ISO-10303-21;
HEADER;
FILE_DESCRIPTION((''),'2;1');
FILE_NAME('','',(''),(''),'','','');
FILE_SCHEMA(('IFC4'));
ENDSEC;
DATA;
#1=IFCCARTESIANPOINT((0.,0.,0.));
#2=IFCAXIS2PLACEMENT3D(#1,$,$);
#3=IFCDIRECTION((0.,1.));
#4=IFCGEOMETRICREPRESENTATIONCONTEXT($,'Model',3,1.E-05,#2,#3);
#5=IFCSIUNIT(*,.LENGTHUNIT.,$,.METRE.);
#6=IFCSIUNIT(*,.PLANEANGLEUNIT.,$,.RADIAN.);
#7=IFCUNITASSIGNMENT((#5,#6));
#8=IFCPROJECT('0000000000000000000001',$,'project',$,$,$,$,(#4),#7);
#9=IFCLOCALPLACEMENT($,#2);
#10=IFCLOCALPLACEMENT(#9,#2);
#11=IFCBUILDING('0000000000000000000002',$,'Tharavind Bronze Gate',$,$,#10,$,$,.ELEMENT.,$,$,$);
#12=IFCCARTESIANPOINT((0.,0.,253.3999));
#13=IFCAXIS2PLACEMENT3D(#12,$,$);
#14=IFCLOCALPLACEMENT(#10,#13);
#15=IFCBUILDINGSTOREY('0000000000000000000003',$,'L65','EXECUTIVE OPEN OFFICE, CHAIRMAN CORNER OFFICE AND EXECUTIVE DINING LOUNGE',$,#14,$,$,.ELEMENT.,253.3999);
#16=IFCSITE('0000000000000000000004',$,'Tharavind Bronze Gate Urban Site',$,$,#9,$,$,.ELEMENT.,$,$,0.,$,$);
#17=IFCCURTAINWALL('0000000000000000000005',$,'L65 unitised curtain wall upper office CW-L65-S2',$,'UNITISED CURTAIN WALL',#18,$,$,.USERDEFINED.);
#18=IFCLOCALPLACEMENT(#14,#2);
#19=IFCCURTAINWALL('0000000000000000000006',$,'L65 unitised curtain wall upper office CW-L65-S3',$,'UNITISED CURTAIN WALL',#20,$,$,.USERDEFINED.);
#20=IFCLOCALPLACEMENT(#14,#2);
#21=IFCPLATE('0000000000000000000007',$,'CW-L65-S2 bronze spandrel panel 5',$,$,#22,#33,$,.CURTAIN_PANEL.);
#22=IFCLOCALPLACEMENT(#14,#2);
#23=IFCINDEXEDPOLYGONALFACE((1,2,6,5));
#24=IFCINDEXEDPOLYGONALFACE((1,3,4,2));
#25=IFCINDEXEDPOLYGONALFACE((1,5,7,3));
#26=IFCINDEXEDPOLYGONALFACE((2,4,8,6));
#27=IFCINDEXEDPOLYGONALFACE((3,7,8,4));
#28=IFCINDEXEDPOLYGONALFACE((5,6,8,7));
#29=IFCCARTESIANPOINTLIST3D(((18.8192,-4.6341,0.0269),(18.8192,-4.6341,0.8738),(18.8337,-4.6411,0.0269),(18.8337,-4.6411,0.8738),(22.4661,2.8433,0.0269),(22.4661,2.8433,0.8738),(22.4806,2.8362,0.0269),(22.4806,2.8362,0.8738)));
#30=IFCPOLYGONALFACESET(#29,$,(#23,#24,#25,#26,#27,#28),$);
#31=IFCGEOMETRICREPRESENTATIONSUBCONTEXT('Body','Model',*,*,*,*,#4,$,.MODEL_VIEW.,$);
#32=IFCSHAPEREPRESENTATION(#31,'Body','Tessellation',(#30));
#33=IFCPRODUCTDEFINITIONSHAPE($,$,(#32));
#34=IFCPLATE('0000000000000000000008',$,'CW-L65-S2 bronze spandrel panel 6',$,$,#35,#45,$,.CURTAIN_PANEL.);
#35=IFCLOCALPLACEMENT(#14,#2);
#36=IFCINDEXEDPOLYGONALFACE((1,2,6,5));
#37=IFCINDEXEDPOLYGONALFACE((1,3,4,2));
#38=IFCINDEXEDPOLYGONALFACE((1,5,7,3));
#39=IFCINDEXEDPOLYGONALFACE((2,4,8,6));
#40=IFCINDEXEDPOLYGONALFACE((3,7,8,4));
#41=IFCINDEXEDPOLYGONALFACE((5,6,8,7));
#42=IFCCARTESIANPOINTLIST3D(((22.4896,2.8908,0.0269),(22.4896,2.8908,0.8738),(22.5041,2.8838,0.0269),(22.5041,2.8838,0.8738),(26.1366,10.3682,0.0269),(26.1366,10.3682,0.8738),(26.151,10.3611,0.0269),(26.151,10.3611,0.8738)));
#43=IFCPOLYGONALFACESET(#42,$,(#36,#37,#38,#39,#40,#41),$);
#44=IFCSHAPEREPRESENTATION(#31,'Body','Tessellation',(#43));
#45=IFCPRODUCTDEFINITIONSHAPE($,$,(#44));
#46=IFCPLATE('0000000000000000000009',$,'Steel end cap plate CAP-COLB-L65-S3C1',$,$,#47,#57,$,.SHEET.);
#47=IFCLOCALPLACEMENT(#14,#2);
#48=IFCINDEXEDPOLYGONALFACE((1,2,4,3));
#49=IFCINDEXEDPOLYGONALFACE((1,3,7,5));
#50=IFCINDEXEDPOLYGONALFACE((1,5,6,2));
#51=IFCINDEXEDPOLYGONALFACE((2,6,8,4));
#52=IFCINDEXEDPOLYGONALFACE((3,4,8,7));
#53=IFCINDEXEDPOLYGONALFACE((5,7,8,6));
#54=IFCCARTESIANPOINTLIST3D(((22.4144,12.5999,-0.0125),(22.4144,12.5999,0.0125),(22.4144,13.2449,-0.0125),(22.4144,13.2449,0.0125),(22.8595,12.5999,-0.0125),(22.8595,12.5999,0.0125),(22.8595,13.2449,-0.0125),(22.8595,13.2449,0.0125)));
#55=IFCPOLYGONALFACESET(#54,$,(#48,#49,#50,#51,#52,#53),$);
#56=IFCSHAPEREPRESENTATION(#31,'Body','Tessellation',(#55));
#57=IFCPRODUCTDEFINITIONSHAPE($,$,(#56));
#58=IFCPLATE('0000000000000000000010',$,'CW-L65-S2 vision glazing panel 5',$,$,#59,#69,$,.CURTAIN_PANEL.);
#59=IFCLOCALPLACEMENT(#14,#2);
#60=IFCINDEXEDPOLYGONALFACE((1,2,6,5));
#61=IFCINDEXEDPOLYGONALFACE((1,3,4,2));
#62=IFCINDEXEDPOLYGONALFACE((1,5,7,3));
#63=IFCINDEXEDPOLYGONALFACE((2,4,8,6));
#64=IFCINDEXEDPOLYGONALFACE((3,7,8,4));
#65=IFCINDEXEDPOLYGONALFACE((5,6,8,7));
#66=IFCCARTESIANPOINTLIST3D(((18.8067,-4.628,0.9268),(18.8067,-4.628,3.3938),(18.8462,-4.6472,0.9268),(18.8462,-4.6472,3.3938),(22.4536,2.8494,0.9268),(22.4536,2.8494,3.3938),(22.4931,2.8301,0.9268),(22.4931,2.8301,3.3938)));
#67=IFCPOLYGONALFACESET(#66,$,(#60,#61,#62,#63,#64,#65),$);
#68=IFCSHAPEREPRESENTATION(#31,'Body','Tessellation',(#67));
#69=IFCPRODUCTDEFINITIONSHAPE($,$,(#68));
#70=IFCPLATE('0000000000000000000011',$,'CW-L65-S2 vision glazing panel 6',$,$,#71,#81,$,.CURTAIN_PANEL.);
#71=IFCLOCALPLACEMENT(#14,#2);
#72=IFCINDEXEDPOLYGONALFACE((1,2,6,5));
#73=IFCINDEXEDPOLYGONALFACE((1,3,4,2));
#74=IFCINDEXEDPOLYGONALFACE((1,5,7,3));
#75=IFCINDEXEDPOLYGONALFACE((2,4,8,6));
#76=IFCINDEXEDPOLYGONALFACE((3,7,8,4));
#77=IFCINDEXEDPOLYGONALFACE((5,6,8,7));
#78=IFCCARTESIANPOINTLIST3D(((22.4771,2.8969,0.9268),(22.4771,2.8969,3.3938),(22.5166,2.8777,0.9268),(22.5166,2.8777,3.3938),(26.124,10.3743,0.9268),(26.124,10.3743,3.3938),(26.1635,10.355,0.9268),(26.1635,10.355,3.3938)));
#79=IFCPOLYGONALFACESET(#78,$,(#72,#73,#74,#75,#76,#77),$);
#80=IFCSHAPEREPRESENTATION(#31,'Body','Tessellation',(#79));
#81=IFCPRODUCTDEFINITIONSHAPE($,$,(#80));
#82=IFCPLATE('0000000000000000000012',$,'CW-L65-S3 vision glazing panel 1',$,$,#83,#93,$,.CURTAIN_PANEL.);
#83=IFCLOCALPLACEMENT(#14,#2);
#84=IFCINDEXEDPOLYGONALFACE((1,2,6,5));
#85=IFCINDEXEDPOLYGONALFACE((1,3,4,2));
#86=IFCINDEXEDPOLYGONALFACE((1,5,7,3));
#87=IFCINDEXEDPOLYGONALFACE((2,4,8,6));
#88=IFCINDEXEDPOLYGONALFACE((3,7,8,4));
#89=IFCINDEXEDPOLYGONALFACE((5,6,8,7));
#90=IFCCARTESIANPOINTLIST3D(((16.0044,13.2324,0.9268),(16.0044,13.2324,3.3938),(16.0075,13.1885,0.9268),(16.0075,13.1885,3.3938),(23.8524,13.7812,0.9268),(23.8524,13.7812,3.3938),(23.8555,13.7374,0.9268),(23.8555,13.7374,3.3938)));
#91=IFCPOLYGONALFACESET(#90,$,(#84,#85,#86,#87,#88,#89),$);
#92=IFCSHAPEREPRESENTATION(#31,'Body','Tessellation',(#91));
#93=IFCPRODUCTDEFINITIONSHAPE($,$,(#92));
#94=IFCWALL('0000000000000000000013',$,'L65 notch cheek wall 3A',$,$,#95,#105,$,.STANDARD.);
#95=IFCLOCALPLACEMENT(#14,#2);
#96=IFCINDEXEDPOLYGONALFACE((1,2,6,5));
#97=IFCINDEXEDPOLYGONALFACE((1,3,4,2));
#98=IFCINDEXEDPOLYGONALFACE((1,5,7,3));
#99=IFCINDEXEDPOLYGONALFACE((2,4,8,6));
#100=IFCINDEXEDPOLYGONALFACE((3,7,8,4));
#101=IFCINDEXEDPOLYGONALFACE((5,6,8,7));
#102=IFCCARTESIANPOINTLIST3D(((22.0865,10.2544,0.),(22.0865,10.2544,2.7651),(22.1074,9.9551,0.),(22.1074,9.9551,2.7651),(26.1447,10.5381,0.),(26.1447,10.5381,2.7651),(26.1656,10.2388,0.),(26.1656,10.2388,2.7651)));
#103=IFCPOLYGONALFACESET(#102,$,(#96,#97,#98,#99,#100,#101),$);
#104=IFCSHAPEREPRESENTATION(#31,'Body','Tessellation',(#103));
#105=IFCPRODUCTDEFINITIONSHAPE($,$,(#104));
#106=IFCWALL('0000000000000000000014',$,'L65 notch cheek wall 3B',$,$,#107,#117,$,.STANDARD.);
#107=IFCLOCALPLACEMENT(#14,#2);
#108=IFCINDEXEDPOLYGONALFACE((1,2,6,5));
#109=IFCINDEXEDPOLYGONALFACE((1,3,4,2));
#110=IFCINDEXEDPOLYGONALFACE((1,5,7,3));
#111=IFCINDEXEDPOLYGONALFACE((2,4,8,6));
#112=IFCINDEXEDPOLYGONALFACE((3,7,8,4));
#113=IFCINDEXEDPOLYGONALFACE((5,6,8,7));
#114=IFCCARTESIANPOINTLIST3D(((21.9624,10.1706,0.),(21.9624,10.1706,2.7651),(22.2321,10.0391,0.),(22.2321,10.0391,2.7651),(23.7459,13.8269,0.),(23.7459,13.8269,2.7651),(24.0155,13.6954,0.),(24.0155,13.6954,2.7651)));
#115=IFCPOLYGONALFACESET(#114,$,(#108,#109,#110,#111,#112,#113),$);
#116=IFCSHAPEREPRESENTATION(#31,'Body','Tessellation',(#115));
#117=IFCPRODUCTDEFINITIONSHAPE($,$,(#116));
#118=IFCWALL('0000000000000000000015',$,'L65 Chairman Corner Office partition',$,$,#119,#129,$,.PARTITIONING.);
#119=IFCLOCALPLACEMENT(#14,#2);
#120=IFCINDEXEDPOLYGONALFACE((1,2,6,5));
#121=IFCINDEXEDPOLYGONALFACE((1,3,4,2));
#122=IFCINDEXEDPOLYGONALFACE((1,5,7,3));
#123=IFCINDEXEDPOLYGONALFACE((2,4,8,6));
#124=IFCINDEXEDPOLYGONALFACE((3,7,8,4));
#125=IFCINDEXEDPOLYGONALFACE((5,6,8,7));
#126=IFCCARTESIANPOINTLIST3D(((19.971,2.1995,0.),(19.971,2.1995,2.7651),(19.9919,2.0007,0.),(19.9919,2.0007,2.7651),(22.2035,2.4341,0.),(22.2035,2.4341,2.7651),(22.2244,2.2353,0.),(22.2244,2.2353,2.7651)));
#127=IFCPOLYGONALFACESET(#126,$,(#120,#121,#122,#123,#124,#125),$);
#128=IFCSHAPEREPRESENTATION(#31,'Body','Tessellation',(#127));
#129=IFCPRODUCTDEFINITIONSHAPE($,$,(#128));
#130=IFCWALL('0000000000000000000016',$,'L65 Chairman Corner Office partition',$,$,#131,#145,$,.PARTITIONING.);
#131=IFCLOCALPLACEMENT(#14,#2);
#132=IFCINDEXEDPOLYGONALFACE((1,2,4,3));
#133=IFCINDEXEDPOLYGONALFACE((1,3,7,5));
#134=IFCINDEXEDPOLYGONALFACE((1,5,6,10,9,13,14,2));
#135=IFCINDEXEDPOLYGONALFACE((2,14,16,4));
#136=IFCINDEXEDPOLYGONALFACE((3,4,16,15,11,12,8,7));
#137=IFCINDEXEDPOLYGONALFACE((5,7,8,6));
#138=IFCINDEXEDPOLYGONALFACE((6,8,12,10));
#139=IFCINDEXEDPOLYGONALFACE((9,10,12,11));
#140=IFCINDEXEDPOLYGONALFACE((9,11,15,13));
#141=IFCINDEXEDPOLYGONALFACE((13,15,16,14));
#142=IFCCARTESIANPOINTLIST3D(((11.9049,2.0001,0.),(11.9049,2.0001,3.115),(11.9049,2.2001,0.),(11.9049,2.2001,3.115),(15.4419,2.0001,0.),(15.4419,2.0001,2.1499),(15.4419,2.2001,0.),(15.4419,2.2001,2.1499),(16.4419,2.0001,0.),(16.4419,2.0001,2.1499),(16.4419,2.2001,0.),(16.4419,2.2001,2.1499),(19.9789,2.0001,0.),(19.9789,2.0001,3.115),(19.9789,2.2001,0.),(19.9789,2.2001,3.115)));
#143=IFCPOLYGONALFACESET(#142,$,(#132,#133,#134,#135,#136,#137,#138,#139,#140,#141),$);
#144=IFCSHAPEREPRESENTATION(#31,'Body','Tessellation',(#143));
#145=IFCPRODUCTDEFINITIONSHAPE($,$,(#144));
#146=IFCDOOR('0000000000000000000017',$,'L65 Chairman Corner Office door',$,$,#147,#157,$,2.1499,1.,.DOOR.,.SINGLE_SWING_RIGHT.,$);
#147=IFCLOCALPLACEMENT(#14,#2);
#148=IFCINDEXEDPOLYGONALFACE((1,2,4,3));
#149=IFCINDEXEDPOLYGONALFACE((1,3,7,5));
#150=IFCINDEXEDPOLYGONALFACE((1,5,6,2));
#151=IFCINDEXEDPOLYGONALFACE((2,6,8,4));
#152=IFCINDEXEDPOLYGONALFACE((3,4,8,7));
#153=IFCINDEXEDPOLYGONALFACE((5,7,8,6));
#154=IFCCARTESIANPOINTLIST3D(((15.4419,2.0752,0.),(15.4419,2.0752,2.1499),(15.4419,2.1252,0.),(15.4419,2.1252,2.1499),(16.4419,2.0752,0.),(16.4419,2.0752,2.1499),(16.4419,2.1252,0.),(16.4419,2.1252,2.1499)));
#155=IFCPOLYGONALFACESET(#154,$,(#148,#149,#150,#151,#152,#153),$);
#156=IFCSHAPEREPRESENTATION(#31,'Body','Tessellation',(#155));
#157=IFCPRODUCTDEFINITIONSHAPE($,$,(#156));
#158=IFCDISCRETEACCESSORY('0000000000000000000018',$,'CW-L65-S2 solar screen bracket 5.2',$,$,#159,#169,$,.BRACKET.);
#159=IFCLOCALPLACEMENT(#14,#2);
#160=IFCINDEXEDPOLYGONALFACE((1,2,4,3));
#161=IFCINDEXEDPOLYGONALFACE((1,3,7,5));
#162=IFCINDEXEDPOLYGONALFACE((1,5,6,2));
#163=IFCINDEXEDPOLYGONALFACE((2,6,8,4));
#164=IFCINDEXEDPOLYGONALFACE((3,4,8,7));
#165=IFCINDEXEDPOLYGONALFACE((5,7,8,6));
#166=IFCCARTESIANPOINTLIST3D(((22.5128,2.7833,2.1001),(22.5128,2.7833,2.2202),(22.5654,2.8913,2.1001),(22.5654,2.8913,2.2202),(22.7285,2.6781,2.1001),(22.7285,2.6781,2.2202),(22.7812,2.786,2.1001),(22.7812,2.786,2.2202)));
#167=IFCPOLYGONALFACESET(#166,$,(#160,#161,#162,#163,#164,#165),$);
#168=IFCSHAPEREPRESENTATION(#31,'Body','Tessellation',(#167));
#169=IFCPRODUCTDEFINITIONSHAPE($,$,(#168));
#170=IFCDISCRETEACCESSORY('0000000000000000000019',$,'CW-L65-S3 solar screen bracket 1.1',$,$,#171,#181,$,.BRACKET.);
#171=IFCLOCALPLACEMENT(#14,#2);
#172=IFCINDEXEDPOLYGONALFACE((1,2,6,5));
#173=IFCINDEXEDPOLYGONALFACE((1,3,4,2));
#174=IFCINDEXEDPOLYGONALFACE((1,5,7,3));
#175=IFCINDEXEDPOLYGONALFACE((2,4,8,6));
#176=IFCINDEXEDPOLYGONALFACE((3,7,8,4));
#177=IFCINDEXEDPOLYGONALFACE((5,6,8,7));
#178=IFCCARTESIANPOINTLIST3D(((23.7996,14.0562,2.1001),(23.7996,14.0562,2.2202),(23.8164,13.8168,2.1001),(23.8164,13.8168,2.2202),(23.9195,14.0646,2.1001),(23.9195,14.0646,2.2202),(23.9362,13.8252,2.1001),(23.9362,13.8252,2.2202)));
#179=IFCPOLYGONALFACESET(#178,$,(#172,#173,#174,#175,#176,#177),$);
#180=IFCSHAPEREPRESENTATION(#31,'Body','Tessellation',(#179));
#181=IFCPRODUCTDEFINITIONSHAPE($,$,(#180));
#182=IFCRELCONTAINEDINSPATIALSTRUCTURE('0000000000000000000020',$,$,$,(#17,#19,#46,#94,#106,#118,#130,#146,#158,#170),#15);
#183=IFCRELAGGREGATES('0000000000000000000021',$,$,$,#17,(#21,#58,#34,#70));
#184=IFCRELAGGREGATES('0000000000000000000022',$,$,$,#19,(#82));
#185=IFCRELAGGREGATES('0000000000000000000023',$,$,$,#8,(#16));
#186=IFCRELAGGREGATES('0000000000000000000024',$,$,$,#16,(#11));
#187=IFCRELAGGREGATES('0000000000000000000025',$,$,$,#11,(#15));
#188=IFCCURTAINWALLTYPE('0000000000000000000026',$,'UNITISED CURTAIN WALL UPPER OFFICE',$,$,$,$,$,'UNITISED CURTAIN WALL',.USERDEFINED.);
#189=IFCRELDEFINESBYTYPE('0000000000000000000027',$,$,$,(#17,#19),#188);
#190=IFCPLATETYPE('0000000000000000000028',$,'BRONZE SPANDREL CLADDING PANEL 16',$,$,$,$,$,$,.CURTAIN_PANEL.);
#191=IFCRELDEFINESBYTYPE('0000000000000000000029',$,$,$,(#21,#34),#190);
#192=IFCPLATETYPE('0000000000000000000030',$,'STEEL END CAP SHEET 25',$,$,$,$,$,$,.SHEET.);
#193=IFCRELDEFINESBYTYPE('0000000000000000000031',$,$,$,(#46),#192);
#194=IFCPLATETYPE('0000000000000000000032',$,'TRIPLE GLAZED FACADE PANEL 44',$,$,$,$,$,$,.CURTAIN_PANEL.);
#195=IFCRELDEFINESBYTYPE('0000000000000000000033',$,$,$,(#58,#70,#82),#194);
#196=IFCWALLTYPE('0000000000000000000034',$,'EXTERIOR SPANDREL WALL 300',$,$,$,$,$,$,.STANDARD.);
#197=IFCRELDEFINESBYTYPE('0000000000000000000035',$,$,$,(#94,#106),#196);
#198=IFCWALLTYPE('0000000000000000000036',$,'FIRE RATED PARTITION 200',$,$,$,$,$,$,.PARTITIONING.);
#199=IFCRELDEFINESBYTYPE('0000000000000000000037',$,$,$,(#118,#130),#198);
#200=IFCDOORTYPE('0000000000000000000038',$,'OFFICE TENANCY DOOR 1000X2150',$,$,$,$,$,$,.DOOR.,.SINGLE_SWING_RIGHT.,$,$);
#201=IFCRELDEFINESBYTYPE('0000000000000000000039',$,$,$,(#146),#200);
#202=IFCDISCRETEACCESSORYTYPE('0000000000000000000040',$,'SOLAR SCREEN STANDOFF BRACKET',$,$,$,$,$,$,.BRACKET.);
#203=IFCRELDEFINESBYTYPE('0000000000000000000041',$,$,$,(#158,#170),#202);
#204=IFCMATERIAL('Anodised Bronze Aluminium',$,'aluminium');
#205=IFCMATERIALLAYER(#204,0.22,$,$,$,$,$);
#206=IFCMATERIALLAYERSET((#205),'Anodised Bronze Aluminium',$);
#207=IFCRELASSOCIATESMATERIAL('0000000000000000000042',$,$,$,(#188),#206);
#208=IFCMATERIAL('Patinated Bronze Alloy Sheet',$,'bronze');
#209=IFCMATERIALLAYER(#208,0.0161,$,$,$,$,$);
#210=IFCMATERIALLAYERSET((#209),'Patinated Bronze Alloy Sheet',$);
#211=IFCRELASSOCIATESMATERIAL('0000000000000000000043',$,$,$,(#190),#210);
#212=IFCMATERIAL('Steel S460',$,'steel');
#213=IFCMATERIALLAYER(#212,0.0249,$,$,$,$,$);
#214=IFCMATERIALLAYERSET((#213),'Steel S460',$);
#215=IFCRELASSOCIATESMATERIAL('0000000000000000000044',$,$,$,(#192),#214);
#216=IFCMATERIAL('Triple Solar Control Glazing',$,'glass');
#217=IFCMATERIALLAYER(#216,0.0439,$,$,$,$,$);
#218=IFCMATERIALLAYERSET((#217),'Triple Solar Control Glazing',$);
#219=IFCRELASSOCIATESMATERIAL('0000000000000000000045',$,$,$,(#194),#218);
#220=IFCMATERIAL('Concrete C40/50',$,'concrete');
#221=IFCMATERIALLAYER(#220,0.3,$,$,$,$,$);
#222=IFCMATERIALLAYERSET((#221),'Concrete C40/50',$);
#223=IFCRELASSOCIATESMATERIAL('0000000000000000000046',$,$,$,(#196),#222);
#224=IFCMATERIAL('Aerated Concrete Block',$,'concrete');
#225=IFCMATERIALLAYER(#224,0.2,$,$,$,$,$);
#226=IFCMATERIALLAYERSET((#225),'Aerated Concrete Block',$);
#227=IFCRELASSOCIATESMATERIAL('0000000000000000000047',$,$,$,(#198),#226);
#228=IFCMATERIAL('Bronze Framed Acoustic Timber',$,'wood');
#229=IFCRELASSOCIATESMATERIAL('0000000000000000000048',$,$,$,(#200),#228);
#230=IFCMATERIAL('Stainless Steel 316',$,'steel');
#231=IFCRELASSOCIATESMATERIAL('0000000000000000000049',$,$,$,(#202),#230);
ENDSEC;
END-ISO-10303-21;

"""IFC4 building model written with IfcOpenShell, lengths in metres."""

from ifc_helpers import new_model, si_unit, direction, frame, frame_2d, origin, origin_2d, place, context, subcontext, project, spatial, rectangle, extrude, material, layer, layer_set, type_object, element, fill, aggregate, save


model = new_model("IFC4")

# Units and contexts
model_context = context("Model", 3, precision=1e-05, world=origin(), true_north=direction((0.0, 1.0)))
body_context = subcontext(model_context, "Body", "Model", "MODEL_VIEW")
ifc_project = project(units=[si_unit("LENGTHUNIT", "METRE"), si_unit("PLANEANGLEUNIT", "RADIAN")], contexts=[model_context])

# Site, building, storey
site_placement = place(None, origin())
site = spatial("IfcSite", under=ifc_project, at=site_placement, Name="Tharavind Bronze Gate Urban Site", CompositionType="ELEMENT", RefElevation=0.0)
building_placement = place(site_placement, origin())
building = spatial("IfcBuilding", under=site, at=building_placement, Name="Tharavind Bronze Gate", CompositionType="ELEMENT")
storey_placement = place(building_placement, frame((0.0, 0.0, 253.3999)))
storey = spatial("IfcBuildingStorey", under=building, at=storey_placement, Name="L65", Description="EXECUTIVE OPEN OFFICE, CHAIRMAN CORNER OFFICE AND EXECUTIVE DINING LOUNGE", CompositionType="ELEMENT", Elevation=253.3999)

# Shared definitions
ifc_material_1 = material(Name="Steel S460", Category="steel")

# Curtain wall
ifc_material_2 = material(Name="Anodised Bronze Aluminium", Category="aluminium")
ifc_layer_1 = layer(ifc_material_2, 0.22)
ifc_layer_set_1 = layer_set([ifc_layer_1], Name="Anodised Bronze Aluminium")
curtain_wall_type = type_object("IfcCurtainWallType", Name="UNITISED CURTAIN WALL UPPER OFFICE", ElementType="UNITISED CURTAIN WALL", PredefinedType="USERDEFINED", material=ifc_layer_set_1)
curtain_wall_1_placement = place(storey_placement, origin())
curtain_wall_1 = element("IfcCurtainWall", 1, at=curtain_wall_1_placement, inside=storey, type_object=curtain_wall_type, Name="L65 unitised curtain wall upper office CW-L65-S2", ObjectType="UNITISED CURTAIN WALL", PredefinedType="USERDEFINED")

# Curtain wall
curtain_wall_2_placement = place(storey_placement, origin())
curtain_wall_2 = element("IfcCurtainWall", 2, at=curtain_wall_2_placement, inside=storey, type_object=curtain_wall_type, Name="L65 unitised curtain wall upper office CW-L65-S3", ObjectType="UNITISED CURTAIN WALL", PredefinedType="USERDEFINED")

# Plates
ifc_material_3 = material(Name="Patinated Bronze Alloy Sheet", Category="bronze")
ifc_layer_2 = layer(ifc_material_3, 0.0161)
ifc_layer_set_2 = layer_set([ifc_layer_2], Name="Patinated Bronze Alloy Sheet")
plate_type_1 = type_object("IfcPlateType", Name="BRONZE SPANDREL CLADDING PANEL 16", PredefinedType="CURTAIN_PANEL", material=ifc_layer_set_2)
plate_1_placement = place(storey_placement, frame((20.6499, -0.8989, 0.0269), z_axis=(0.0, 0.0, 1.0), x_axis=(0.438373, 0.898793, 0.0)))
plate_1 = element("IfcPlate", 3, at=plate_1_placement, type_object=plate_type_1, Name="CW-L65-S2 bronze spandrel panel 5", PredefinedType="CURTAIN_PANEL", context=body_context, shape_type="SweptSolid", body=[
    extrude(rectangle(XDim=8.3193, YDim=0.0161, at=origin_2d()), origin(), (0.0, 0.0, 1.0), 0.8469),
])
plate_2_placement = place(storey_placement, frame((24.3203, 6.626, 0.0269), z_axis=(0.0, 0.0, 1.0), x_axis=(0.438373, 0.898793, 0.0)))
plate_2 = element("IfcPlate", 4, at=plate_2_placement, type_object=plate_type_1, Name="CW-L65-S2 bronze spandrel panel 6", PredefinedType="CURTAIN_PANEL", context=body_context, shape_type="SweptSolid", body=[
    extrude(rectangle(XDim=8.3193, YDim=0.0161, at=origin_2d()), origin(), (0.0, 0.0, 1.0), 0.8469),
])
ifc_layer_3 = layer(ifc_material_1, 0.0249)
ifc_layer_set_3 = layer_set([ifc_layer_3], Name="Steel S460")
plate_type_2 = type_object("IfcPlateType", Name="STEEL END CAP SHEET 25", PredefinedType="SHEET", material=ifc_layer_set_3)
plate_3_placement = place(storey_placement, frame((22.637, 12.9224, -0.0125), z_axis=(0.0, 0.0, 1.0), x_axis=(1.0, 0.0, 0.0)))
element("IfcPlate", 5, at=plate_3_placement, inside=storey, type_object=plate_type_2, Name="Steel end cap plate CAP-COLB-L65-S3C1", PredefinedType="SHEET", context=body_context, shape_type="SweptSolid", body=[
    extrude(rectangle(XDim=0.4451, YDim=0.645, at=origin_2d()), origin(), (0.0, 0.0, 1.0), 0.0249),
])
ifc_material_4 = material(Name="Triple Solar Control Glazing", Category="glass")
ifc_layer_4 = layer(ifc_material_4, 0.0439)
ifc_layer_set_4 = layer_set([ifc_layer_4], Name="Triple Solar Control Glazing")
plate_type_3 = type_object("IfcPlateType", Name="TRIPLE GLAZED FACADE PANEL 44", PredefinedType="CURTAIN_PANEL", material=ifc_layer_set_4)
plate_4_placement = place(storey_placement, frame((20.6499, -0.8989, 0.9268), z_axis=(0.0, 0.0, 1.0), x_axis=(0.438373, 0.898793, 0.0)))
plate_4 = element("IfcPlate", 6, at=plate_4_placement, type_object=plate_type_3, Name="CW-L65-S2 vision glazing panel 5", PredefinedType="CURTAIN_PANEL", context=body_context, shape_type="SweptSolid", body=[
    extrude(rectangle(XDim=8.3193, YDim=0.0439, at=origin_2d()), origin(), (0.0, 0.0, 1.0), 2.467),
])
plate_5_placement = place(storey_placement, frame((24.3203, 6.626, 0.9268), z_axis=(0.0, 0.0, 1.0), x_axis=(0.438373, 0.898793, 0.0)))
plate_5 = element("IfcPlate", 7, at=plate_5_placement, type_object=plate_type_3, Name="CW-L65-S2 vision glazing panel 6", PredefinedType="CURTAIN_PANEL", context=body_context, shape_type="SweptSolid", body=[
    extrude(rectangle(XDim=8.3193, YDim=0.0439, at=origin_2d()), origin(), (0.0, 0.0, 1.0), 2.467),
])
aggregate(curtain_wall_1, [plate_1, plate_4, plate_2, plate_5])
plate_6_placement = place(storey_placement, frame((19.9299, 13.4849, 0.9268), z_axis=(0.0, 0.0, 1.0), x_axis=(-0.997564, -0.06976, 0.0)))
plate_6 = element("IfcPlate", 8, at=plate_6_placement, type_object=plate_type_3, Name="CW-L65-S3 vision glazing panel 1", PredefinedType="CURTAIN_PANEL", context=body_context, shape_type="SweptSolid", body=[
    extrude(rectangle(XDim=7.8672, YDim=0.0439, at=origin_2d()), origin(), (0.0, 0.0, 1.0), 2.467),
])
aggregate(curtain_wall_2, [plate_6])

# Walls
ifc_material_5 = material(Name="Concrete C40/50", Category="concrete")
ifc_layer_5 = layer(ifc_material_5, 0.3)
ifc_layer_set_5 = layer_set([ifc_layer_5], Name="Concrete C40/50")
wall_type_1 = type_object("IfcWallType", Name="EXTERIOR SPANDREL WALL 300", PredefinedType="STANDARD", material=ifc_layer_set_5)
for number, where, z_axis, x_axis, name in (
    (9, (26.1553, 10.3884, 0.0), (0.0, 0.0, 1.0), (-0.997565, -0.069737, 0.0), "L65 notch cheek wall 3A"),
    (10, (22.0972, 10.1047, 0.0), (0.0, 0.0, 1.0), (0.438406, 0.898777, 0.0), "L65 notch cheek wall 3B"),
):
    element("IfcWall", number, at=place(storey_placement, frame(where, z_axis=z_axis, x_axis=x_axis)), inside=storey, type_object=wall_type_1, Name=name, PredefinedType="STANDARD", context=body_context, shape_type="SweptSolid", body=[
        extrude(rectangle(XDim=4.0681, YDim=0.3, at=frame_2d((2.0342, 0.0))), origin(), (0.0, 0.0, 1.0), 2.7651),
    ])
ifc_material_6 = material(Name="Aerated Concrete Block", Category="concrete")
ifc_layer_6 = layer(ifc_material_6, 0.2)
ifc_layer_set_6 = layer_set([ifc_layer_6], Name="Aerated Concrete Block")
wall_type_2 = type_object("IfcWallType", Name="FIRE RATED PARTITION 200", PredefinedType="PARTITIONING", material=ifc_layer_set_6)
wall_1_placement = place(storey_placement, frame((22.2141, 2.3347, 0.0), z_axis=(0.0, 0.0, 1.0), x_axis=(-0.994524, -0.104509, 0.0)))
element("IfcWall", 11, at=wall_1_placement, inside=storey, type_object=wall_type_2, Name="L65 Chairman Corner Office partition", PredefinedType="PARTITIONING", context=body_context, shape_type="SweptSolid", body=[
    extrude(rectangle(XDim=2.2449, YDim=0.2, at=frame_2d((1.1226, 0.0))), origin(), (0.0, 0.0, 1.0), 2.7651),
])

# Wall, opening, door
wall_2_placement = place(storey_placement, frame((19.979, 2.1001, 0.0), z_axis=(0.0, 0.0, 1.0), x_axis=(-1.0, 0.0, 0.0)))
wall_2 = element("IfcWall", 12, at=wall_2_placement, inside=storey, type_object=wall_type_2, Name="L65 Chairman Corner Office partition", PredefinedType="PARTITIONING", context=body_context, shape_type="SweptSolid", body=[
    extrude(rectangle(XDim=8.074, YDim=0.2, at=frame_2d((4.0371, 0.0))), origin(), (0.0, 0.0, 1.0), 3.115),
])
opening_placement = place(wall_2_placement, frame((3.5371, 0.0, 0.0)))
opening = element("IfcOpeningElement", 13, at=opening_placement, cuts=wall_2, PredefinedType="OPENING", context=body_context, shape_type="SweptSolid", body=[
    extrude(rectangle(XDim=1.0, YDim=2.1499, at=frame_2d((0.5, 1.075))), frame((0.0, 0.1101, 0.0), z_axis=(0.0, -1.0, 0.0), x_axis=(1.0, 0.0, 0.0)), (0.0, 0.0, 1.0), 0.22),
])
ifc_material_7 = material(Name="Bronze Framed Acoustic Timber", Category="wood")
door_type = type_object("IfcDoorType", Name="OFFICE TENANCY DOOR 1000X2150", OperationType="SINGLE_SWING_RIGHT", PredefinedType="DOOR", material=ifc_material_7)
door_placement = place(opening_placement, origin())
door = element("IfcDoor", 14, at=door_placement, inside=storey, type_object=door_type, Name="L65 Chairman Corner Office door", OperationType="SINGLE_SWING_RIGHT", OverallHeight=2.1499, OverallWidth=1.0, PredefinedType="DOOR", context=body_context, shape_type="SweptSolid", body=[
    extrude(rectangle(XDim=1.0, YDim=2.1499, at=frame_2d((0.5, 1.075))), frame((0.0, 0.0249, 0.0), z_axis=(0.0, -1.0, 0.0), x_axis=(1.0, 0.0, 0.0)), (0.0, 0.0, 1.0), 0.05),
])
fill(opening, door)

# Discrete accessories
ifc_material_8 = material(Name="Stainless Steel 316", Category="steel")
discrete_accessory_type = type_object("IfcDiscreteAccessoryType", Name="SOLAR SCREEN STANDOFF BRACKET", PredefinedType="BRACKET", material=ifc_material_8)
for number, where, z_axis, x_axis, name in (
    (15, (22.647, 2.7847, 2.1001), (0.0, 0.0, 1.0), (0.438373, 0.898793, 0.0), "CW-L65-S2 solar screen bracket 5.2"),
    (16, (23.8679, 13.9407, 2.1001), (0.0, 0.0, 1.0), (-0.997564, -0.06976, 0.0), "CW-L65-S3 solar screen bracket 1.1"),
):
    element("IfcDiscreteAccessory", number, at=place(storey_placement, frame(where, z_axis=z_axis, x_axis=x_axis)), inside=storey, type_object=discrete_accessory_type, Name=name, PredefinedType="BRACKET", context=body_context, shape_type="SweptSolid", body=[
        extrude(rectangle(XDim=0.1201, YDim=0.24, at=origin_2d()), origin(), (0.0, 0.0, 1.0), 0.1201),
    ])

save(model, "model.ifc")
